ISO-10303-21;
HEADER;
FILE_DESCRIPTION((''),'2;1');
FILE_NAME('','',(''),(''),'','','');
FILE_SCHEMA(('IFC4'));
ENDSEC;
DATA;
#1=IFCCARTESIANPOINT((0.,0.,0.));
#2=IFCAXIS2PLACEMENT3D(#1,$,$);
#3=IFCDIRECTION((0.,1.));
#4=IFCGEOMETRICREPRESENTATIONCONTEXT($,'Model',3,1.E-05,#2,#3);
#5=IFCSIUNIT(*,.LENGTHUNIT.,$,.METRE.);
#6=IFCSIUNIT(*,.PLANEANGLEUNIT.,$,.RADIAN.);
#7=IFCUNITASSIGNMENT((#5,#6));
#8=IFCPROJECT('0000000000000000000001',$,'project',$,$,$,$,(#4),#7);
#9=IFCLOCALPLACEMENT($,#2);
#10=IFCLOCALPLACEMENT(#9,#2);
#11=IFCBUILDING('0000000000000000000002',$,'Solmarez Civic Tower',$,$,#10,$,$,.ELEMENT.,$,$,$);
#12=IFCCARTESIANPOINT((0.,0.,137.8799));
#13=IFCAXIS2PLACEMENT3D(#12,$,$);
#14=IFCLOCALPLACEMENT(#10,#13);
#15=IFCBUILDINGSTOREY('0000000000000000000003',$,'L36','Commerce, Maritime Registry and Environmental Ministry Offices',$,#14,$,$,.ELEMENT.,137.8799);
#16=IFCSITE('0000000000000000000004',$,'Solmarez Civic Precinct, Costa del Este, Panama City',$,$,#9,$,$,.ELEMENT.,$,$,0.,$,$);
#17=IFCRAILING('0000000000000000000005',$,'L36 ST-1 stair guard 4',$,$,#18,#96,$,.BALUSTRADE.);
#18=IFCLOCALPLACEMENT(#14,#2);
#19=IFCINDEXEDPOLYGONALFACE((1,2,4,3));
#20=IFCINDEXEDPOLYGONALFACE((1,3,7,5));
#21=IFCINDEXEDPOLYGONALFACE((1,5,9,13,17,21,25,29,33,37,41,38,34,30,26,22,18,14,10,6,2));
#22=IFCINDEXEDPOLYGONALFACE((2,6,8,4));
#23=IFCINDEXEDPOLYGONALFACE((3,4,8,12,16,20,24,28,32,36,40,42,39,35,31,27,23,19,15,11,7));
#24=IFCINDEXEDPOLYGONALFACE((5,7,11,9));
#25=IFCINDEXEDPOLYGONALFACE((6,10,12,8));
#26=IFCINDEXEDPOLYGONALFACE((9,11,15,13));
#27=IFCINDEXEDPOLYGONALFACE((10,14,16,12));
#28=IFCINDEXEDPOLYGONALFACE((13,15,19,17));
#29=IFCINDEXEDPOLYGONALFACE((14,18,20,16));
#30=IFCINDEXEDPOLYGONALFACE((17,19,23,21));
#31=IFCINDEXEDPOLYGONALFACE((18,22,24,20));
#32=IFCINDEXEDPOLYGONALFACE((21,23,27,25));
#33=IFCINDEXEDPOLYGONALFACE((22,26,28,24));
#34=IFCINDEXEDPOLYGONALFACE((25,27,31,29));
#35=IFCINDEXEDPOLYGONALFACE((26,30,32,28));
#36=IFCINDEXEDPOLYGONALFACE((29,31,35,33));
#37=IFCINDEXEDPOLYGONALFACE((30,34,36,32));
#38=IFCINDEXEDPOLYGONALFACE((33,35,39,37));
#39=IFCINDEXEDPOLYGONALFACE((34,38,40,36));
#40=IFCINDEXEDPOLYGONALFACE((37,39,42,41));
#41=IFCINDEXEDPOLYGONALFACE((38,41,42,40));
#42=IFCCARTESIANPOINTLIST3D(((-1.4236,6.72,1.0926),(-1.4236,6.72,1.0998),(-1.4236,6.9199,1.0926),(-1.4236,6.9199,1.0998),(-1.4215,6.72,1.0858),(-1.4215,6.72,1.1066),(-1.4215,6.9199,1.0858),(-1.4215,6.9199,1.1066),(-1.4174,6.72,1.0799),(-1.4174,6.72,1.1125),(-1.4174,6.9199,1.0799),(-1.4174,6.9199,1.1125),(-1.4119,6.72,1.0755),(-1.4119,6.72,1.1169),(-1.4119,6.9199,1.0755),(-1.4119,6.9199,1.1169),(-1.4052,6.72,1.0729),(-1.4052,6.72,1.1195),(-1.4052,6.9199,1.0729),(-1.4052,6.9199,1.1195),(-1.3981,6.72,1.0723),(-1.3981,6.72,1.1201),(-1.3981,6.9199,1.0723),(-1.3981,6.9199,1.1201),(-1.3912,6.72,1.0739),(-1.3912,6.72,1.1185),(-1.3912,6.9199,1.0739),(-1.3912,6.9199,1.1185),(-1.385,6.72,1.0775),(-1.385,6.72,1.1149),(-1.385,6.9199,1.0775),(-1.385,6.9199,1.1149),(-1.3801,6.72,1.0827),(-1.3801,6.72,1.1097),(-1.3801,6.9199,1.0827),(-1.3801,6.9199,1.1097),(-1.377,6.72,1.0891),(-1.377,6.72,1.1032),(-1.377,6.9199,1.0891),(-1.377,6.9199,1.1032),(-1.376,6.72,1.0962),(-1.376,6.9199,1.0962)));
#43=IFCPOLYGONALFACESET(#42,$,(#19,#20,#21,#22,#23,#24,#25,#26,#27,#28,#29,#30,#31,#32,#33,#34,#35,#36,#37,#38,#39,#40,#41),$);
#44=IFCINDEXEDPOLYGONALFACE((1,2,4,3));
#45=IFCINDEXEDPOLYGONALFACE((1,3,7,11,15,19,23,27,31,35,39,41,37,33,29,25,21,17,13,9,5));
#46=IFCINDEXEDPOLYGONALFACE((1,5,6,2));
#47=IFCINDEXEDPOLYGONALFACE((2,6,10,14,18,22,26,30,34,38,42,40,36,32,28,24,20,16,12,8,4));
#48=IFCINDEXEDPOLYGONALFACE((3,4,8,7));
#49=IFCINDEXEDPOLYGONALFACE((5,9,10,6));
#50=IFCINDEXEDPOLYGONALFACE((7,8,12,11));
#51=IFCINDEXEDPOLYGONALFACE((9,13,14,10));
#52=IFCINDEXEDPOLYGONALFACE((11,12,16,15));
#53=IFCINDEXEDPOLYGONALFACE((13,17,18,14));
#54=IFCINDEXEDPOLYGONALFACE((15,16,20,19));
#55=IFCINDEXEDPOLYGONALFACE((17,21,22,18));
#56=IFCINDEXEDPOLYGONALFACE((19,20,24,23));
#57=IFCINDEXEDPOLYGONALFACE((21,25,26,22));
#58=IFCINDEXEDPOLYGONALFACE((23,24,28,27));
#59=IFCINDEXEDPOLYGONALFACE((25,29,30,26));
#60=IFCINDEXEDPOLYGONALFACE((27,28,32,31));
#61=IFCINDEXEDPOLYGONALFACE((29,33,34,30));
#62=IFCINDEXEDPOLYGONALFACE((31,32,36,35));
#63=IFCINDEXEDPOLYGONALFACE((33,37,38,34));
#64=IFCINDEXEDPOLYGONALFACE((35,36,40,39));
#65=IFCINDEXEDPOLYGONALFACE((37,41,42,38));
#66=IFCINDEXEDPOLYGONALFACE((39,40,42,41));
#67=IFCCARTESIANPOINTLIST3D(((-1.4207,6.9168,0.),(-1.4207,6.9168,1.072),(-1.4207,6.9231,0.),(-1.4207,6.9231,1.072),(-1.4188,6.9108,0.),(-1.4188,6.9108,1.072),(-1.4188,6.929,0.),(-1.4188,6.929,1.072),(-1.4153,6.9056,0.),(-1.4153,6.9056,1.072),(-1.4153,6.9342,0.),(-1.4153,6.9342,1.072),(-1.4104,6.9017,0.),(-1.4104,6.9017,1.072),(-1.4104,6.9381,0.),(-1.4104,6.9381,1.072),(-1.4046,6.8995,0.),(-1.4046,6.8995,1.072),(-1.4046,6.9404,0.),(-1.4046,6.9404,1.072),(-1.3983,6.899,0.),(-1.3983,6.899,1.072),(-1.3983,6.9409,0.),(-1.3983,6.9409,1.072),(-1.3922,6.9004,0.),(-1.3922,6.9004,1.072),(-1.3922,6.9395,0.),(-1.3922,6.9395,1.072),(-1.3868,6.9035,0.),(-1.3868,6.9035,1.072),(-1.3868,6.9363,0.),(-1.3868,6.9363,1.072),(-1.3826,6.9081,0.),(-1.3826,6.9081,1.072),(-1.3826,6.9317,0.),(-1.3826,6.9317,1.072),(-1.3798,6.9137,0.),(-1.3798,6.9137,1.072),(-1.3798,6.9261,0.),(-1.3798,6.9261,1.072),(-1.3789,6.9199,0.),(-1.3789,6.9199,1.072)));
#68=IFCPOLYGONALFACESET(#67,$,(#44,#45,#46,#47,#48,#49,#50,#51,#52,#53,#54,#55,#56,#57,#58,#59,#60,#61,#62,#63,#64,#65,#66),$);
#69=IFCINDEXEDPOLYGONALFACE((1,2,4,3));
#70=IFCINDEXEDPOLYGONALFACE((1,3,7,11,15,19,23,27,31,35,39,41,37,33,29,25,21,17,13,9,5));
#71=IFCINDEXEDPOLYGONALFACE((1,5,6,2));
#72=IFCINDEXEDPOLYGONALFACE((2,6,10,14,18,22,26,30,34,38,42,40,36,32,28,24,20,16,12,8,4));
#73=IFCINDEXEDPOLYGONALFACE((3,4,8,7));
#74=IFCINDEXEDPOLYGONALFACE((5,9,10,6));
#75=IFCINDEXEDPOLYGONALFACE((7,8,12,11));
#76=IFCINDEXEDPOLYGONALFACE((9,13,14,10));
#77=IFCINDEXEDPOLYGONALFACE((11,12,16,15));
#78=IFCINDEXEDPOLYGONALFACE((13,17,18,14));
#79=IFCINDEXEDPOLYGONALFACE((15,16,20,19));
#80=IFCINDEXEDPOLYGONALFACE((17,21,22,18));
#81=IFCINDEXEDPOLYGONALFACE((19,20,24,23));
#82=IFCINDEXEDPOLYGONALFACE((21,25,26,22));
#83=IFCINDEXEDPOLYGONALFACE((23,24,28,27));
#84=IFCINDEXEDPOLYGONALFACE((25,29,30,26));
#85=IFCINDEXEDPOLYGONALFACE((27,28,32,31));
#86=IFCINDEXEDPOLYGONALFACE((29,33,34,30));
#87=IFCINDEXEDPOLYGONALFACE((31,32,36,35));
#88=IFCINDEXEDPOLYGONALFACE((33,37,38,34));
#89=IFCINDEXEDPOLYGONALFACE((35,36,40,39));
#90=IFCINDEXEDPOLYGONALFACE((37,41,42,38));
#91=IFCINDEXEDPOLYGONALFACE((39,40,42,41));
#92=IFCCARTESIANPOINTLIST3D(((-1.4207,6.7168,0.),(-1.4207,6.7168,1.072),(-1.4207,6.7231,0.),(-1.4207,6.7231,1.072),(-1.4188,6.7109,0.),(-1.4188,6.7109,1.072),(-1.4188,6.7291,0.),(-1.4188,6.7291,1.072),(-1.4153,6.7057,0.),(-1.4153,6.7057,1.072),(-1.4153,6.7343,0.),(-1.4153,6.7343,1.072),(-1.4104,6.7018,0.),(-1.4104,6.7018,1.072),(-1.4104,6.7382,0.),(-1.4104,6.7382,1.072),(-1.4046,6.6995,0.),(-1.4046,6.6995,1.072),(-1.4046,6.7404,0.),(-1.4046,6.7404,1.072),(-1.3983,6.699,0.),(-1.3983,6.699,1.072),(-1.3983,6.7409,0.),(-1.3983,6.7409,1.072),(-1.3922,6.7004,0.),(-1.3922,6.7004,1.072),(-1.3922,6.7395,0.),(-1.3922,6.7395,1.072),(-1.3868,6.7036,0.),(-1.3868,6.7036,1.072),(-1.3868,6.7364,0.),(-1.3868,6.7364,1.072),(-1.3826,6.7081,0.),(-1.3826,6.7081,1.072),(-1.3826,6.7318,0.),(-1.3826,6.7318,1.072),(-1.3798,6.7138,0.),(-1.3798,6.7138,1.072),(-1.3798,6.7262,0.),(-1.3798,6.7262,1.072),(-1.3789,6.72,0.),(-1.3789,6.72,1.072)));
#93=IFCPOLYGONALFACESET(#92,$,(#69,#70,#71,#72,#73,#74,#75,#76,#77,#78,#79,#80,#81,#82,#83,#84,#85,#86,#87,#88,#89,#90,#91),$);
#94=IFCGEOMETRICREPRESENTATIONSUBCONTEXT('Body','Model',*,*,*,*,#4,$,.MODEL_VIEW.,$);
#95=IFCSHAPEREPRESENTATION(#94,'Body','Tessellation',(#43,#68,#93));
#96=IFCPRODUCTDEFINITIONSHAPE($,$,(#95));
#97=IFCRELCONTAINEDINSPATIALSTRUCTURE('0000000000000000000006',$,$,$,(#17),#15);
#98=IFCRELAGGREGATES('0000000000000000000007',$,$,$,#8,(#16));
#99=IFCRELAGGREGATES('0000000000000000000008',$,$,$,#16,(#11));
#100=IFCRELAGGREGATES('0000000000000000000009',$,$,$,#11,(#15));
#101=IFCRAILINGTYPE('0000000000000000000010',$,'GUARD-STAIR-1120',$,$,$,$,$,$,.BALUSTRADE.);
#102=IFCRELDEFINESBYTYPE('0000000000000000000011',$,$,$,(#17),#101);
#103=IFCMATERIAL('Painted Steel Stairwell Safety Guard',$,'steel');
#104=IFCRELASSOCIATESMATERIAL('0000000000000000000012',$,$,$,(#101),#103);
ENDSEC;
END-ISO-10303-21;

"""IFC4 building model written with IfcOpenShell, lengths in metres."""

from ifc_helpers import new_model, si_unit, direction, frame, origin, origin_2d, place, context, subcontext, project, spatial, circle, extrude, material, type_object, element, save


model = new_model("IFC4")

# Units and contexts
model_context = context("Model", 3, precision=1e-05, world=origin(), true_north=direction((0.0, 1.0)))
body_context = subcontext(model_context, "Body", "Model", "MODEL_VIEW")
ifc_project = project(units=[si_unit("LENGTHUNIT", "METRE"), si_unit("PLANEANGLEUNIT", "RADIAN")], contexts=[model_context])

# Site, building, storey
site_placement = place(None, origin())
site = spatial("IfcSite", under=ifc_project, at=site_placement, Name="Solmarez Civic Precinct, Costa del Este, Panama City", CompositionType="ELEMENT", RefElevation=0.0)
building_placement = place(site_placement, origin())
building = spatial("IfcBuilding", under=site, at=building_placement, Name="Solmarez Civic Tower", CompositionType="ELEMENT")
storey_placement = place(building_placement, frame((0.0, 0.0, 137.8799)))
storey = spatial("IfcBuildingStorey", under=building, at=storey_placement, Name="L36", Description="Commerce, Maritime Registry and Environmental Ministry Offices", CompositionType="ELEMENT", Elevation=137.8799)

# Railing
ifc_material_1 = material(Name="Painted Steel Stairwell Safety Guard", Category="steel")
railing_type_1 = type_object("IfcRailingType", Name="GUARD-STAIR-1120", PredefinedType="BALUSTRADE", material=ifc_material_1)
railing_1_placement = place(storey_placement, frame((-1.3999, 6.9199, 0.0)))
element("IfcRailing", 1, at=railing_1_placement, inside=storey, type_object=railing_type_1, Name="L36 ST-1 stair guard 4", PredefinedType="BALUSTRADE", context=body_context, shape_type="SweptSolid", body=[
    extrude(circle(Radius=0.0239, at=origin_2d()), frame((0.0, 0.0, 1.0962), z_axis=(0.0, -1.0, 0.0), x_axis=(1.0, 0.0, 0.0)), (0.0, 0.0, 1.0), 0.2),
    extrude(circle(Radius=0.021, at=origin_2d()), origin(), (0.0, 0.0, 1.0), 1.072),
    extrude(circle(Radius=0.021, at=origin_2d()), frame((0.0, -0.2, 0.0)), (0.0, 0.0, 1.0), 1.072),
])

save(model, "model.ifc")
